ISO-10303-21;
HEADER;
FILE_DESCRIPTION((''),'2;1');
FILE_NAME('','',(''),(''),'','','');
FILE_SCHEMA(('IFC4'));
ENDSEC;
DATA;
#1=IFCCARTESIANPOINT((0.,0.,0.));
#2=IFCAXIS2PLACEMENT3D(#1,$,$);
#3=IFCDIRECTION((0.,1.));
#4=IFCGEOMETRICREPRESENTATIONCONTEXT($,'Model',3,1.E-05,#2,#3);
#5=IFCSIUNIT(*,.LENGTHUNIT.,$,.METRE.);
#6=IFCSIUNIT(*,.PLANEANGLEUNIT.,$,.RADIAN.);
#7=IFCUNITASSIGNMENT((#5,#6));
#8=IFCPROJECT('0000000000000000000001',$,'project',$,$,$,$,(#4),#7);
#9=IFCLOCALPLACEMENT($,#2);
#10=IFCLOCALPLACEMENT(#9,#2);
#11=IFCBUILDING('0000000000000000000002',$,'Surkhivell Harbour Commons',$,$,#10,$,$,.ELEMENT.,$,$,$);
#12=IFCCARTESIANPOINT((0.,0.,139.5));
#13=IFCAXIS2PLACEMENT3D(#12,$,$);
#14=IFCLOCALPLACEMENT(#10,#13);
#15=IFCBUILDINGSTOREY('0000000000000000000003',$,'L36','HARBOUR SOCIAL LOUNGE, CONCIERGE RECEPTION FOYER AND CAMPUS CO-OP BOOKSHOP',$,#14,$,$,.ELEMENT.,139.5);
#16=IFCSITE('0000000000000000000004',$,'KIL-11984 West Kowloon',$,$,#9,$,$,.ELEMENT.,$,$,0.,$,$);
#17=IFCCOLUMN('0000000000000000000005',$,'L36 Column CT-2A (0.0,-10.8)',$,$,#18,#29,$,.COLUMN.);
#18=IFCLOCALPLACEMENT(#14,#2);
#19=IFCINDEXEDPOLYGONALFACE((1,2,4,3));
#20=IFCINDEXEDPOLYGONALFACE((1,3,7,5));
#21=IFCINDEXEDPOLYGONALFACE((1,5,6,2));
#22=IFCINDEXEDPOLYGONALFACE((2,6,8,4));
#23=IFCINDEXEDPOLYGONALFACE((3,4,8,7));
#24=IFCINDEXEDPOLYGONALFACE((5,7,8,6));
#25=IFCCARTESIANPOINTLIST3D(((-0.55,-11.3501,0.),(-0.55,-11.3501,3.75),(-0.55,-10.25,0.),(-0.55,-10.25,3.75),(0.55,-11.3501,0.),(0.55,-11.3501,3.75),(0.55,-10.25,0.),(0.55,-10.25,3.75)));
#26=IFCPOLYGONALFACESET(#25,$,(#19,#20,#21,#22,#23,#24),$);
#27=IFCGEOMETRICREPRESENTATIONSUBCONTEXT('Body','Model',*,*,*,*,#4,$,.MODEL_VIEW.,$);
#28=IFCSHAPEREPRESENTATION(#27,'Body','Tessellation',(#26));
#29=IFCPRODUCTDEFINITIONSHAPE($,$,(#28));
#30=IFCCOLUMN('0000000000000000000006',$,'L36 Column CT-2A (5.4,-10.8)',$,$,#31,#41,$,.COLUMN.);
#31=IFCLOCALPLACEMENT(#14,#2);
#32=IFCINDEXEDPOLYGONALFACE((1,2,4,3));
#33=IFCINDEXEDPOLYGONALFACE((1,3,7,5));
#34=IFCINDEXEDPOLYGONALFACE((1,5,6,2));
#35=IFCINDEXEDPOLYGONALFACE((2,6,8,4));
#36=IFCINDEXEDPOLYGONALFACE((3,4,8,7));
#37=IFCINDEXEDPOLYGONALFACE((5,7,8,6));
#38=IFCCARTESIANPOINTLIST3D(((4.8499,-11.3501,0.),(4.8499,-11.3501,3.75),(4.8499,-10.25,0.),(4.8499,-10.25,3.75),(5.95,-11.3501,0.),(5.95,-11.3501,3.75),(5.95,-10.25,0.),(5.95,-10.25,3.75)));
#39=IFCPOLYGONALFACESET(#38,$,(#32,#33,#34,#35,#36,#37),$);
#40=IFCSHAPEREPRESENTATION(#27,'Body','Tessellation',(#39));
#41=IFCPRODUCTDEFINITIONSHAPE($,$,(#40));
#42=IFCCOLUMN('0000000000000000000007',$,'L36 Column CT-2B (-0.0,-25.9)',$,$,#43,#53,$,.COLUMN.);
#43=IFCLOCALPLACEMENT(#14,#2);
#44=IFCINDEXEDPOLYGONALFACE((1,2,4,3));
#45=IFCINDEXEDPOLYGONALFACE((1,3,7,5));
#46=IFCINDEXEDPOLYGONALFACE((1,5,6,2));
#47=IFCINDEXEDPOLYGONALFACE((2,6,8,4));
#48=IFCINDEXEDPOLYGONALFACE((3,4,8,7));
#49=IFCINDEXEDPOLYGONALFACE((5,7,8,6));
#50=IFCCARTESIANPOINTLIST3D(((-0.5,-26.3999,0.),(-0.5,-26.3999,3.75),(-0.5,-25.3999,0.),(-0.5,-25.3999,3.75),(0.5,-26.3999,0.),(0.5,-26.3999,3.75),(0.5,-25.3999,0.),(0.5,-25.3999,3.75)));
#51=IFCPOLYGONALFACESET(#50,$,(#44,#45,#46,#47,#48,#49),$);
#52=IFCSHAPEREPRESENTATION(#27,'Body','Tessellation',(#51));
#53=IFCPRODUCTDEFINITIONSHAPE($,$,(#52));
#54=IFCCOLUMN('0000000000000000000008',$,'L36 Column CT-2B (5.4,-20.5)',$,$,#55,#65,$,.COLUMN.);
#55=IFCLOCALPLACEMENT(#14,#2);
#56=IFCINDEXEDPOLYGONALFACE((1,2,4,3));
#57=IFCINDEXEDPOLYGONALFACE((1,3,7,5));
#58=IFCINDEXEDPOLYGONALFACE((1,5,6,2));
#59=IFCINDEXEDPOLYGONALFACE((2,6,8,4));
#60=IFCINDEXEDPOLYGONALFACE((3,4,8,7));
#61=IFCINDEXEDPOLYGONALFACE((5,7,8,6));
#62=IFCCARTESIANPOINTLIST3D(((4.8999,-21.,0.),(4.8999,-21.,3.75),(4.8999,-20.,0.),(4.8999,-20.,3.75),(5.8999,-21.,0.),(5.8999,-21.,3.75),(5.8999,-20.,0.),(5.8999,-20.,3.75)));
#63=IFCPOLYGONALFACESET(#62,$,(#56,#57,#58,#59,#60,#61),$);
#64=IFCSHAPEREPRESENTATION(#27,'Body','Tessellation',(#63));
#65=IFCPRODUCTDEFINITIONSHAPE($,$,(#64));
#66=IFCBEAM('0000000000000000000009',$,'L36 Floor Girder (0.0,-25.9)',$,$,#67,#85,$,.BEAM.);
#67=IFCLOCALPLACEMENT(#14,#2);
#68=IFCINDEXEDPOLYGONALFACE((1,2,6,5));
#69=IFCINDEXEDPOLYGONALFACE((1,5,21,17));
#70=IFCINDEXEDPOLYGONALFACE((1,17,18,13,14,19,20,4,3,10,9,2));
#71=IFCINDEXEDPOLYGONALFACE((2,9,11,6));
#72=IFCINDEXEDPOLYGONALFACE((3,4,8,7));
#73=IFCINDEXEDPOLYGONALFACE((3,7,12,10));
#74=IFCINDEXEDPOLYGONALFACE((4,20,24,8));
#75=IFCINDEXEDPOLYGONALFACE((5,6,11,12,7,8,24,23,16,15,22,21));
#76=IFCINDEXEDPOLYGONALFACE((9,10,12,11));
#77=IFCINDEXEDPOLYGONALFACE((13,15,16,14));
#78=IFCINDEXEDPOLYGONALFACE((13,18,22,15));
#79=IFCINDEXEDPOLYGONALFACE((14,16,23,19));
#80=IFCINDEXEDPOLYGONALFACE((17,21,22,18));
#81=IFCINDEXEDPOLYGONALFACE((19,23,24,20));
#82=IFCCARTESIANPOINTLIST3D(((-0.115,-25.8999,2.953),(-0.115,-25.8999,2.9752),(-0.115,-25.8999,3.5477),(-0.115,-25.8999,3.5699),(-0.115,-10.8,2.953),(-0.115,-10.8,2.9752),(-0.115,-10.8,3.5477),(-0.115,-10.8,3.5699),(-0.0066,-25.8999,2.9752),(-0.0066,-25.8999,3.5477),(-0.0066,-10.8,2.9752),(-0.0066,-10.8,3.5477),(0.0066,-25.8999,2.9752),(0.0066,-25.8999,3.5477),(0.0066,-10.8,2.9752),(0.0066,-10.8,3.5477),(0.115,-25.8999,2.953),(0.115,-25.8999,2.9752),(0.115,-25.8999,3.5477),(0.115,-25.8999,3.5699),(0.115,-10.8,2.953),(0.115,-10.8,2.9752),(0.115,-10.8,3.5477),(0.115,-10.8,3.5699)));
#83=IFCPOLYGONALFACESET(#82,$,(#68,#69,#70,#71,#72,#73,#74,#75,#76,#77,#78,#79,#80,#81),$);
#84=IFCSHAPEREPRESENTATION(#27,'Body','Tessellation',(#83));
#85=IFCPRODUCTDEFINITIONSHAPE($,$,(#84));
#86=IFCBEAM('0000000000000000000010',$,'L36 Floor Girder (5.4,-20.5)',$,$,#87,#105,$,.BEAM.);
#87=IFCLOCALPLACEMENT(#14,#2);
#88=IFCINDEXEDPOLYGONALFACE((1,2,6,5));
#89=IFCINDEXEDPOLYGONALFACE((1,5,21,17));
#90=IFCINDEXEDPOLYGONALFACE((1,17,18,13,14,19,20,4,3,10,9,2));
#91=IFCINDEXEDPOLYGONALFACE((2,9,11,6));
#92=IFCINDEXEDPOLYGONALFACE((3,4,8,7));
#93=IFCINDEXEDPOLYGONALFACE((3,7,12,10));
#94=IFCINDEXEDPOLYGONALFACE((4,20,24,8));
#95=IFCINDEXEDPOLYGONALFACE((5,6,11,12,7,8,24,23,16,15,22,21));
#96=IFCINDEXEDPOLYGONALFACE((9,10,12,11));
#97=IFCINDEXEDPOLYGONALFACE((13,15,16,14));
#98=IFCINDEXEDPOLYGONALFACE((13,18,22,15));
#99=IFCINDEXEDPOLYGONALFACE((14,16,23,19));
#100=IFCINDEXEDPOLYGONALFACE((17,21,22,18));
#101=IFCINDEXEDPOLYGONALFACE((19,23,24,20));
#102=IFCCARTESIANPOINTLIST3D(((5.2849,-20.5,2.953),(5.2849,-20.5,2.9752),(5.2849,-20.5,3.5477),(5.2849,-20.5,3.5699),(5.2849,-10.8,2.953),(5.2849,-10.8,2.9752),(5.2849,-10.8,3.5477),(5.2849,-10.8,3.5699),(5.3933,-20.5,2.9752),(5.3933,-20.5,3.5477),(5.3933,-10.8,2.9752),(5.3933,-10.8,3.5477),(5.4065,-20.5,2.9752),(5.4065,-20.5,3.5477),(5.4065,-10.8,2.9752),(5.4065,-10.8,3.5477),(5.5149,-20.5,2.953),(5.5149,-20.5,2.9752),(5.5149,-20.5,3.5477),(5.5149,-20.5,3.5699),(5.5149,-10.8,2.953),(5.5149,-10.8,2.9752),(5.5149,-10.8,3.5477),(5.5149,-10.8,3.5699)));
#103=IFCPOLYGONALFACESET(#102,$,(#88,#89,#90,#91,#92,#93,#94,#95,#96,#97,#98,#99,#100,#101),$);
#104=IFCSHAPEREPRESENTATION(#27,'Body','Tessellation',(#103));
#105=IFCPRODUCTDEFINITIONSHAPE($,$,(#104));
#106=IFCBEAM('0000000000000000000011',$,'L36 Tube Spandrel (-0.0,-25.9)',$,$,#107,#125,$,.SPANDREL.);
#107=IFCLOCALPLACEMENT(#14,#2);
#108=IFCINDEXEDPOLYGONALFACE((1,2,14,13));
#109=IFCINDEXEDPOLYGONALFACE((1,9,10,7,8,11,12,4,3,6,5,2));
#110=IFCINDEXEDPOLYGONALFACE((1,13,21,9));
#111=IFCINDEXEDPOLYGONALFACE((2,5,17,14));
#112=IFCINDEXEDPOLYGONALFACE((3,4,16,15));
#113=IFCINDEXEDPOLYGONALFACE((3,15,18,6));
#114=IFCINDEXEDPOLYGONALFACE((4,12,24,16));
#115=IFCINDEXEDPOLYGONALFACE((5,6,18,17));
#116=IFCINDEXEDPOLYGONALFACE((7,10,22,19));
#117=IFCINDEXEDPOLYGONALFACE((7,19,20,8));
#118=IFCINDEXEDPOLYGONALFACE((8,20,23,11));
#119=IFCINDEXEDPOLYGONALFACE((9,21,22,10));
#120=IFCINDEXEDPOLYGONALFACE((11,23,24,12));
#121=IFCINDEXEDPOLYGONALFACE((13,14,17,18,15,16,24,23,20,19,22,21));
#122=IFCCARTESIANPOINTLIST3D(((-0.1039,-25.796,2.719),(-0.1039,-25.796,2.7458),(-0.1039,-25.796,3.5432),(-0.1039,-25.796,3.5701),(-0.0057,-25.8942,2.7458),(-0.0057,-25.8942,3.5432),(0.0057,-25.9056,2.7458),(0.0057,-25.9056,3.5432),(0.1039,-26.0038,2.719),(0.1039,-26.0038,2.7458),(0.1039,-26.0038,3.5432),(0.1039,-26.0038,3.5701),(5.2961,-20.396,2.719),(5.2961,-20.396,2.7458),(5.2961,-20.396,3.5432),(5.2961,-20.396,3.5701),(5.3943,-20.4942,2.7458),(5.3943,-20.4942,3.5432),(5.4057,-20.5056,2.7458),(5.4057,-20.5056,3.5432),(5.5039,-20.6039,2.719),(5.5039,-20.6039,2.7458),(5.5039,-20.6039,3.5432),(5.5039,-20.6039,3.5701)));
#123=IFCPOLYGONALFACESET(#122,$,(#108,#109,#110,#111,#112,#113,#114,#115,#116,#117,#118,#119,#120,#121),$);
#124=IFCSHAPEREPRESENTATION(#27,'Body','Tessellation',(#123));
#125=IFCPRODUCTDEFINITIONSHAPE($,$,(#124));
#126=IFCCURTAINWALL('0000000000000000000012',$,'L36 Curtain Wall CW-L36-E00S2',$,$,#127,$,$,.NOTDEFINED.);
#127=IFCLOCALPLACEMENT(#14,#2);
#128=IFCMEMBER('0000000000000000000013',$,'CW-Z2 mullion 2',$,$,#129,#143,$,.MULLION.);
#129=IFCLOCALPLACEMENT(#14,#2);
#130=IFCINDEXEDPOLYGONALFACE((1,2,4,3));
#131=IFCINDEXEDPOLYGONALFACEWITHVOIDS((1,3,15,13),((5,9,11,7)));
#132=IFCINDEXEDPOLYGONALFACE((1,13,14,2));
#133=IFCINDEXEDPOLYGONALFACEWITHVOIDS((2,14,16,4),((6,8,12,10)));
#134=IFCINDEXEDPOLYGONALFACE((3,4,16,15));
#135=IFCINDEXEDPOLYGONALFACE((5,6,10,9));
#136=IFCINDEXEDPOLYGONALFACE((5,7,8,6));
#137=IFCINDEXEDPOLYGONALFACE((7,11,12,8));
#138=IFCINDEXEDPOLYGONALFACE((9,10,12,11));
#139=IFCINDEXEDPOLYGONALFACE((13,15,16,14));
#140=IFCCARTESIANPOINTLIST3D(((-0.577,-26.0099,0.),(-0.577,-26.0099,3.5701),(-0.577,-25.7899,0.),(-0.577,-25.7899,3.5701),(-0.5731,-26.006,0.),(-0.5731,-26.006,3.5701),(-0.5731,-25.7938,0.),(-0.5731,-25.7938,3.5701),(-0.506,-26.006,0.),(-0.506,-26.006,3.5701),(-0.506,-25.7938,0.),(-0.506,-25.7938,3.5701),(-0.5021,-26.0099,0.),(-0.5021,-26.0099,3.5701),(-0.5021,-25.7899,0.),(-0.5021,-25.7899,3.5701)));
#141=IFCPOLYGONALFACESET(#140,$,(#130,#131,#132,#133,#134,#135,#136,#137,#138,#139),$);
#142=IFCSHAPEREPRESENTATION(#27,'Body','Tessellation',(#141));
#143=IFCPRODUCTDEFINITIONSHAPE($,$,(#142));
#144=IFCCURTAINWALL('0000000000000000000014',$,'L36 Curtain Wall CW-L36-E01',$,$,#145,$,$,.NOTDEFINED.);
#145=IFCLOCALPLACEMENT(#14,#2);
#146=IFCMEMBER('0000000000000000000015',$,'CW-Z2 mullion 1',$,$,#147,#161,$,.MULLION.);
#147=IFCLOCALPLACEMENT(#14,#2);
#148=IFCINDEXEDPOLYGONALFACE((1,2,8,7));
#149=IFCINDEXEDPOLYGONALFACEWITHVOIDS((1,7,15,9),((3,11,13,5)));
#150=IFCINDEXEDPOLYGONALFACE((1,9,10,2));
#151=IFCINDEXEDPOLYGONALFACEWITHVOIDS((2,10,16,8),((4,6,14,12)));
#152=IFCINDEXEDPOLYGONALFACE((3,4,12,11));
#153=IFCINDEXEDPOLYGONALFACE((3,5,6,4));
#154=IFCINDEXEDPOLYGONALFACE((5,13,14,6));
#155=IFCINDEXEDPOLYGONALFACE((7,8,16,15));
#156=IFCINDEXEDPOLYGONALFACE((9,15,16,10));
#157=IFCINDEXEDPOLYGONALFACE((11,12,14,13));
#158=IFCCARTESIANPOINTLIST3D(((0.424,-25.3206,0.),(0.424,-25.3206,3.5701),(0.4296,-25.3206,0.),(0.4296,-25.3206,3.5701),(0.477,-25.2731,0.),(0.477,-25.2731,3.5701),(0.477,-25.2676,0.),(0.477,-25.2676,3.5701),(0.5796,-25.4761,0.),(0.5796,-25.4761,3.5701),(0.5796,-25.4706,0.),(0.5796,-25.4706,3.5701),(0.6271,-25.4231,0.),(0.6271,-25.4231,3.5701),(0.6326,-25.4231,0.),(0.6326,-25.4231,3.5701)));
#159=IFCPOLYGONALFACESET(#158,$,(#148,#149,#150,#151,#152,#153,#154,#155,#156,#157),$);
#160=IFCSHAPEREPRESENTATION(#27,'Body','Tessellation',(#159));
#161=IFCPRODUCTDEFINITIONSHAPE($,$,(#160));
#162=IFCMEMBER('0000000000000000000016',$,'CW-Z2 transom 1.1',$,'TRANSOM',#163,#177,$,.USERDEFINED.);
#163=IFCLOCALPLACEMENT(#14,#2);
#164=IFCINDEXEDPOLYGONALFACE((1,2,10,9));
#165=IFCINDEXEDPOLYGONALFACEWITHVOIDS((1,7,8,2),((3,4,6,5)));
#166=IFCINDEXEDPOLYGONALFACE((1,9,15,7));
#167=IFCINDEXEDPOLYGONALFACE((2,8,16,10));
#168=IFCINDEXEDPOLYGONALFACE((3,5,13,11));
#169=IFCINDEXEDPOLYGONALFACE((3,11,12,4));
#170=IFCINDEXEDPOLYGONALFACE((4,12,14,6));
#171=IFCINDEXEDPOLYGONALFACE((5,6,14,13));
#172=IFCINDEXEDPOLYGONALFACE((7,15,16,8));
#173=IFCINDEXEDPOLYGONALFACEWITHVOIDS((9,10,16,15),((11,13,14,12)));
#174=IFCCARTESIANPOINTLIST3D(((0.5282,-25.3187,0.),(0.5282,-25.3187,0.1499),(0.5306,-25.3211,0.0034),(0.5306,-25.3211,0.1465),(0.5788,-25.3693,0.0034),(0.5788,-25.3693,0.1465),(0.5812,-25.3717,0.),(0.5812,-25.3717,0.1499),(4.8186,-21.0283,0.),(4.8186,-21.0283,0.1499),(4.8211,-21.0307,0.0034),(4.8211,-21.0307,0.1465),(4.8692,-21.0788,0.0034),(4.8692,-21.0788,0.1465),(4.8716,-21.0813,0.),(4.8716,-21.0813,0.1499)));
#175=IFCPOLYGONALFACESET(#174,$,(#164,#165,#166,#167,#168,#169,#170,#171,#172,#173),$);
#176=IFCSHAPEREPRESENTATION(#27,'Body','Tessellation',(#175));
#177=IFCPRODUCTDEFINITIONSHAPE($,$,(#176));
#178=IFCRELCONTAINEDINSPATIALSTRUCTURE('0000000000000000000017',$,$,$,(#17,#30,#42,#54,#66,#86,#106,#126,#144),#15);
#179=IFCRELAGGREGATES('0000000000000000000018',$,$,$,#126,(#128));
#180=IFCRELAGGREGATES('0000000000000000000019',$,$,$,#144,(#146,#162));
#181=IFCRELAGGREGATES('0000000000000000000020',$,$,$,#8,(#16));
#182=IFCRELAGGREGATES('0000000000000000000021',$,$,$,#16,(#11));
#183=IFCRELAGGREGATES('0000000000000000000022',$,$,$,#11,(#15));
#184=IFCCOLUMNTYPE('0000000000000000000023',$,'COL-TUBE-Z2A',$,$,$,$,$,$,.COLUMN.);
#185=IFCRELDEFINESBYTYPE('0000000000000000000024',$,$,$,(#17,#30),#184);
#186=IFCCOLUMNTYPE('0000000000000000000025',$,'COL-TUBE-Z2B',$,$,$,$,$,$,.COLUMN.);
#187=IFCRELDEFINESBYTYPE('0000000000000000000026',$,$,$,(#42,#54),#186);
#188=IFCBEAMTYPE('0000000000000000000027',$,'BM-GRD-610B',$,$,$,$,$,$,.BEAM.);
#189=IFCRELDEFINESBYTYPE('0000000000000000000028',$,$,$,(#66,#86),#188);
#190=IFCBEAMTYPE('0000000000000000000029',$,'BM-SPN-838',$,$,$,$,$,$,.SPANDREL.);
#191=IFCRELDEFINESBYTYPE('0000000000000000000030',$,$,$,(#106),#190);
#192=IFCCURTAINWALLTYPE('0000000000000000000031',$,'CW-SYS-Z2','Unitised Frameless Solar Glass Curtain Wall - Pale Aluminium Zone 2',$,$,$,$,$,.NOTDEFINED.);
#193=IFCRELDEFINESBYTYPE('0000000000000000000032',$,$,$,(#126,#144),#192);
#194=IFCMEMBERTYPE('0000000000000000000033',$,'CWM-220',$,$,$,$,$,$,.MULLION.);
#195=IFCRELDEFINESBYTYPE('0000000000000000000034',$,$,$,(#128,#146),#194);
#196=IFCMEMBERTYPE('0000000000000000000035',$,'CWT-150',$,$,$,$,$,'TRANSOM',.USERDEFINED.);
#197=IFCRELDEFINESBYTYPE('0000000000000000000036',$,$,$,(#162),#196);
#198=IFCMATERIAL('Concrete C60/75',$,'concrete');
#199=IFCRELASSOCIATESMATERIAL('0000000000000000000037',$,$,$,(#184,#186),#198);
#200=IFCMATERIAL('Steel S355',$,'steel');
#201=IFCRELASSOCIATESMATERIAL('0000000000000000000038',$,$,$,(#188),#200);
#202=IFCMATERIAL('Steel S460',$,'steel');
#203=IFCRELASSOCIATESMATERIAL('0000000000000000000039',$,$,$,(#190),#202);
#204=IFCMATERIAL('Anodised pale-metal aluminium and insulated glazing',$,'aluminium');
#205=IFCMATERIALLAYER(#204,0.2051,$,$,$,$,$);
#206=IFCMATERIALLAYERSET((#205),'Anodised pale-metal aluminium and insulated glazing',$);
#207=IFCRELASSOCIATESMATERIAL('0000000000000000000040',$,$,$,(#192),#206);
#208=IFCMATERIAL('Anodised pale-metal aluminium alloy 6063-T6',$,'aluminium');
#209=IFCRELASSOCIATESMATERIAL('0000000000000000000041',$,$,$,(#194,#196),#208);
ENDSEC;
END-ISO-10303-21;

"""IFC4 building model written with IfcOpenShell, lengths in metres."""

from ifc_helpers import new_model, si_unit, direction, frame, origin, origin_2d, place, context, subcontext, project, spatial, rectangle, hollow_rectangle, i_section, extrude, material, layer, layer_set, material_profile, profile_set, type_object, element, aggregate, save


model = new_model("IFC4")

# Units and contexts
model_context = context("Model", 3, precision=1e-05, world=origin(), true_north=direction((0.0, 1.0)))
body_context = subcontext(model_context, "Body", "Model", "MODEL_VIEW")
ifc_project = project(units=[si_unit("LENGTHUNIT", "METRE"), si_unit("PLANEANGLEUNIT", "RADIAN")], contexts=[model_context])

# Site, building, storey
site_placement = place(None, origin())
site = spatial("IfcSite", under=ifc_project, at=site_placement, Name="KIL-11984 West Kowloon", CompositionType="ELEMENT", RefElevation=0.0)
building_placement = place(site_placement, origin())
building = spatial("IfcBuilding", under=site, at=building_placement, Name="Surkhivell Harbour Commons", CompositionType="ELEMENT")
storey_placement = place(building_placement, frame((0.0, 0.0, 139.5)))
storey = spatial("IfcBuildingStorey", under=building, at=storey_placement, Name="L36", Description="HARBOUR SOCIAL LOUNGE, CONCIERGE RECEPTION FOYER AND CAMPUS CO-OP BOOKSHOP", CompositionType="ELEMENT", Elevation=139.5)

# Columns
ifc_material_1 = material(Name="Concrete C60/75", Category="concrete")
ifc_material_profile_1 = material_profile(ifc_material_1, rectangle(XDim=1.1001, YDim=1.1001, at=origin_2d()), Name="RC-COL-1100x1100")
ifc_profile_set_1 = profile_set([ifc_material_profile_1], Name="Concrete C60/75")
column_type_1 = type_object("IfcColumnType", Name="COL-TUBE-Z2A", PredefinedType="COLUMN", material=ifc_profile_set_1)
for number, where, z_axis, x_axis, name in (
    (1, (0.0, -10.8, 0.0), (0.0, 0.0, 1.0), (1.0, 0.0, 0.0), "L36 Column CT-2A (0.0,-10.8)"),
    (2, (5.3999, -10.8, 0.0), (0.0, 0.0, 1.0), (1.0, 0.0, 0.0), "L36 Column CT-2A (5.4,-10.8)"),
):
    element("IfcColumn", number, at=place(storey_placement, frame(where, z_axis=z_axis, x_axis=x_axis)), inside=storey, type_object=column_type_1, Name=name, PredefinedType="COLUMN", context=body_context, shape_type="SweptSolid", body=[
        extrude(rectangle(XDim=1.1001, YDim=1.1001, at=origin_2d()), origin(), (0.0, 0.0, 1.0), 3.75),
    ])
ifc_material_profile_2 = material_profile(ifc_material_1, rectangle(XDim=1.0, YDim=1.0, at=origin_2d()), Name="RC-COL-1000x1000")
ifc_profile_set_2 = profile_set([ifc_material_profile_2], Name="Concrete C60/75")
column_type_2 = type_object("IfcColumnType", Name="COL-TUBE-Z2B", PredefinedType="COLUMN", material=ifc_profile_set_2)
for number, where, z_axis, x_axis, name in (
    (3, (0.0, -25.8999, 0.0), (0.0, 0.0, 1.0), (1.0, 0.0, 0.0), "L36 Column CT-2B (-0.0,-25.9)"),
    (4, (5.3999, -20.5, 0.0), (0.0, 0.0, 1.0), (1.0, 0.0, 0.0), "L36 Column CT-2B (5.4,-20.5)"),
):
    element("IfcColumn", number, at=place(storey_placement, frame(where, z_axis=z_axis, x_axis=x_axis)), inside=storey, type_object=column_type_2, Name=name, PredefinedType="COLUMN", context=body_context, shape_type="SweptSolid", body=[
        extrude(rectangle(XDim=1.0, YDim=1.0, at=origin_2d()), origin(), (0.0, 0.0, 1.0), 3.75),
    ])

# Beams
ifc_material_2 = material(Name="Steel S355", Category="steel")
ifc_material_profile_3 = material_profile(ifc_material_2, i_section(OverallWidth=0.23, OverallDepth=0.6169, WebThickness=0.0132, FlangeThickness=0.0222, at=origin_2d()), Name="UB610x229x140")
ifc_profile_set_3 = profile_set([ifc_material_profile_3], Name="Steel S355")
beam_type_1 = type_object("IfcBeamType", Name="BM-GRD-610B", PredefinedType="BEAM", material=ifc_profile_set_3)
beam_1_placement = place(storey_placement, frame((0.0, -25.8999, 3.2615), z_axis=(0.0, 1.0, 0.0), x_axis=(-1.0, 0.0, 0.0)))
element("IfcBeam", 5, at=beam_1_placement, inside=storey, type_object=beam_type_1, Name="L36 Floor Girder (0.0,-25.9)", PredefinedType="BEAM", context=body_context, shape_type="SweptSolid", body=[
    extrude(i_section(OverallWidth=0.23, OverallDepth=0.6169, WebThickness=0.0132, FlangeThickness=0.0222, at=origin_2d()), origin(), (0.0, 0.0, 1.0), 15.0999),
])
beam_2_placement = place(storey_placement, frame((5.3999, -20.5, 3.2615), z_axis=(0.0, 1.0, 0.0), x_axis=(-1.0, 0.0, 0.0)))
element("IfcBeam", 6, at=beam_2_placement, inside=storey, type_object=beam_type_1, Name="L36 Floor Girder (5.4,-20.5)", PredefinedType="BEAM", context=body_context, shape_type="SweptSolid", body=[
    extrude(i_section(OverallWidth=0.23, OverallDepth=0.6169, WebThickness=0.0132, FlangeThickness=0.0222, at=origin_2d()), origin(), (0.0, 0.0, 1.0), 9.7),
])
ifc_material_3 = material(Name="Steel S460", Category="steel")
ifc_material_profile_4 = material_profile(ifc_material_3, i_section(OverallWidth=0.2939, OverallDepth=0.8511, WebThickness=0.0161, FlangeThickness=0.0269, at=origin_2d()), Name="UB838x292x226")
ifc_profile_set_4 = profile_set([ifc_material_profile_4], Name="Steel S460")
beam_type_2 = type_object("IfcBeamType", Name="BM-SPN-838", PredefinedType="SPANDREL", material=ifc_profile_set_4)
beam_3_placement = place(storey_placement, frame((0.0, -25.8999, 3.1445), z_axis=(0.707107, 0.707107, 0.0), x_axis=(-0.707107, 0.707107, 0.0)))
element("IfcBeam", 7, at=beam_3_placement, inside=storey, type_object=beam_type_2, Name="L36 Tube Spandrel (-0.0,-25.9)", PredefinedType="SPANDREL", context=body_context, shape_type="SweptSolid", body=[
    extrude(i_section(OverallWidth=0.2939, OverallDepth=0.8511, WebThickness=0.0161, FlangeThickness=0.0269, at=origin_2d()), origin(), (0.0, 0.0, 1.0), 7.6367),
])

# Curtain wall, member
ifc_material_4 = material(Name="Anodised pale-metal aluminium and insulated glazing", Category="aluminium")
ifc_layer_1 = layer(ifc_material_4, 0.2051)
ifc_layer_set_1 = layer_set([ifc_layer_1], Name="Anodised pale-metal aluminium and insulated glazing")
curtain_wall_type = type_object("IfcCurtainWallType", Name="CW-SYS-Z2", Description="Unitised Frameless Solar Glass Curtain Wall - Pale Aluminium Zone 2", PredefinedType="NOTDEFINED", material=ifc_layer_set_1)
curtain_wall_1_placement = place(storey_placement, origin())
curtain_wall_1 = element("IfcCurtainWall", 8, at=curtain_wall_1_placement, inside=storey, type_object=curtain_wall_type, Name="L36 Curtain Wall CW-L36-E00S2", PredefinedType="NOTDEFINED")
ifc_material_5 = material(Name="Anodised pale-metal aluminium alloy 6063-T6", Category="aluminium")
ifc_material_profile_5 = material_profile(ifc_material_5, hollow_rectangle(XDim=0.075, YDim=0.22, WallThickness=0.0039, at=origin_2d()), Name="ALU-MULL-75x220")
ifc_profile_set_5 = profile_set([ifc_material_profile_5], Name="Anodised pale-metal aluminium alloy 6063-T6")
member_type_1 = type_object("IfcMemberType", Name="CWM-220", PredefinedType="MULLION", material=ifc_profile_set_5)
member_1_placement = place(storey_placement, frame((-0.5396, -25.8999, 0.0), z_axis=(0.0, 0.0, 1.0), x_axis=(1.0, 0.0, 0.0)))
member_1 = element("IfcMember", 9, at=member_1_placement, type_object=member_type_1, Name="CW-Z2 mullion 2", PredefinedType="MULLION", context=body_context, shape_type="SweptSolid", body=[
    extrude(hollow_rectangle(XDim=0.075, YDim=0.22, WallThickness=0.0039, at=origin_2d()), origin(), (0.0, 0.0, 1.0), 3.5701),
])
aggregate(curtain_wall_1, [member_1])

# Curtain wall, members
curtain_wall_2_placement = place(storey_placement, origin())
curtain_wall_2 = element("IfcCurtainWall", 10, at=curtain_wall_2_placement, inside=storey, type_object=curtain_wall_type, Name="L36 Curtain Wall CW-L36-E01", PredefinedType="NOTDEFINED")
member_2_placement = place(storey_placement, frame((0.5283, -25.3718, 0.0), z_axis=(0.0, 0.0, 1.0), x_axis=(0.707107, 0.707107, 0.0)))
member_2 = element("IfcMember", 11, at=member_2_placement, type_object=member_type_1, Name="CW-Z2 mullion 1", PredefinedType="MULLION", context=body_context, shape_type="SweptSolid", body=[
    extrude(hollow_rectangle(XDim=0.075, YDim=0.22, WallThickness=0.0039, at=origin_2d()), origin(), (0.0, 0.0, 1.0), 3.5701),
])
ifc_material_profile_6 = material_profile(ifc_material_5, hollow_rectangle(XDim=0.075, YDim=0.1499, WallThickness=0.0034, at=origin_2d()), Name="ALU-TRAN-75x150")
ifc_profile_set_6 = profile_set([ifc_material_profile_6], Name="Anodised pale-metal aluminium alloy 6063-T6")
member_type_2 = type_object("IfcMemberType", Name="CWT-150", ElementType="TRANSOM", PredefinedType="USERDEFINED", material=ifc_profile_set_6)
member_3_placement = place(storey_placement, frame((0.5547, -25.3452, 0.075), z_axis=(0.707107, 0.707107, 0.0), x_axis=(-0.707107, 0.707107, 0.0)))
member_3 = element("IfcMember", 12, at=member_3_placement, type_object=member_type_2, Name="CW-Z2 transom 1.1", ObjectType="TRANSOM", PredefinedType="USERDEFINED", context=body_context, shape_type="SweptSolid", body=[
    extrude(hollow_rectangle(XDim=0.075, YDim=0.1499, WallThickness=0.0034, at=origin_2d()), origin(), (0.0, 0.0, 1.0), 6.0676),
])
aggregate(curtain_wall_2, [member_2, member_3])

save(model, "model.ifc")
